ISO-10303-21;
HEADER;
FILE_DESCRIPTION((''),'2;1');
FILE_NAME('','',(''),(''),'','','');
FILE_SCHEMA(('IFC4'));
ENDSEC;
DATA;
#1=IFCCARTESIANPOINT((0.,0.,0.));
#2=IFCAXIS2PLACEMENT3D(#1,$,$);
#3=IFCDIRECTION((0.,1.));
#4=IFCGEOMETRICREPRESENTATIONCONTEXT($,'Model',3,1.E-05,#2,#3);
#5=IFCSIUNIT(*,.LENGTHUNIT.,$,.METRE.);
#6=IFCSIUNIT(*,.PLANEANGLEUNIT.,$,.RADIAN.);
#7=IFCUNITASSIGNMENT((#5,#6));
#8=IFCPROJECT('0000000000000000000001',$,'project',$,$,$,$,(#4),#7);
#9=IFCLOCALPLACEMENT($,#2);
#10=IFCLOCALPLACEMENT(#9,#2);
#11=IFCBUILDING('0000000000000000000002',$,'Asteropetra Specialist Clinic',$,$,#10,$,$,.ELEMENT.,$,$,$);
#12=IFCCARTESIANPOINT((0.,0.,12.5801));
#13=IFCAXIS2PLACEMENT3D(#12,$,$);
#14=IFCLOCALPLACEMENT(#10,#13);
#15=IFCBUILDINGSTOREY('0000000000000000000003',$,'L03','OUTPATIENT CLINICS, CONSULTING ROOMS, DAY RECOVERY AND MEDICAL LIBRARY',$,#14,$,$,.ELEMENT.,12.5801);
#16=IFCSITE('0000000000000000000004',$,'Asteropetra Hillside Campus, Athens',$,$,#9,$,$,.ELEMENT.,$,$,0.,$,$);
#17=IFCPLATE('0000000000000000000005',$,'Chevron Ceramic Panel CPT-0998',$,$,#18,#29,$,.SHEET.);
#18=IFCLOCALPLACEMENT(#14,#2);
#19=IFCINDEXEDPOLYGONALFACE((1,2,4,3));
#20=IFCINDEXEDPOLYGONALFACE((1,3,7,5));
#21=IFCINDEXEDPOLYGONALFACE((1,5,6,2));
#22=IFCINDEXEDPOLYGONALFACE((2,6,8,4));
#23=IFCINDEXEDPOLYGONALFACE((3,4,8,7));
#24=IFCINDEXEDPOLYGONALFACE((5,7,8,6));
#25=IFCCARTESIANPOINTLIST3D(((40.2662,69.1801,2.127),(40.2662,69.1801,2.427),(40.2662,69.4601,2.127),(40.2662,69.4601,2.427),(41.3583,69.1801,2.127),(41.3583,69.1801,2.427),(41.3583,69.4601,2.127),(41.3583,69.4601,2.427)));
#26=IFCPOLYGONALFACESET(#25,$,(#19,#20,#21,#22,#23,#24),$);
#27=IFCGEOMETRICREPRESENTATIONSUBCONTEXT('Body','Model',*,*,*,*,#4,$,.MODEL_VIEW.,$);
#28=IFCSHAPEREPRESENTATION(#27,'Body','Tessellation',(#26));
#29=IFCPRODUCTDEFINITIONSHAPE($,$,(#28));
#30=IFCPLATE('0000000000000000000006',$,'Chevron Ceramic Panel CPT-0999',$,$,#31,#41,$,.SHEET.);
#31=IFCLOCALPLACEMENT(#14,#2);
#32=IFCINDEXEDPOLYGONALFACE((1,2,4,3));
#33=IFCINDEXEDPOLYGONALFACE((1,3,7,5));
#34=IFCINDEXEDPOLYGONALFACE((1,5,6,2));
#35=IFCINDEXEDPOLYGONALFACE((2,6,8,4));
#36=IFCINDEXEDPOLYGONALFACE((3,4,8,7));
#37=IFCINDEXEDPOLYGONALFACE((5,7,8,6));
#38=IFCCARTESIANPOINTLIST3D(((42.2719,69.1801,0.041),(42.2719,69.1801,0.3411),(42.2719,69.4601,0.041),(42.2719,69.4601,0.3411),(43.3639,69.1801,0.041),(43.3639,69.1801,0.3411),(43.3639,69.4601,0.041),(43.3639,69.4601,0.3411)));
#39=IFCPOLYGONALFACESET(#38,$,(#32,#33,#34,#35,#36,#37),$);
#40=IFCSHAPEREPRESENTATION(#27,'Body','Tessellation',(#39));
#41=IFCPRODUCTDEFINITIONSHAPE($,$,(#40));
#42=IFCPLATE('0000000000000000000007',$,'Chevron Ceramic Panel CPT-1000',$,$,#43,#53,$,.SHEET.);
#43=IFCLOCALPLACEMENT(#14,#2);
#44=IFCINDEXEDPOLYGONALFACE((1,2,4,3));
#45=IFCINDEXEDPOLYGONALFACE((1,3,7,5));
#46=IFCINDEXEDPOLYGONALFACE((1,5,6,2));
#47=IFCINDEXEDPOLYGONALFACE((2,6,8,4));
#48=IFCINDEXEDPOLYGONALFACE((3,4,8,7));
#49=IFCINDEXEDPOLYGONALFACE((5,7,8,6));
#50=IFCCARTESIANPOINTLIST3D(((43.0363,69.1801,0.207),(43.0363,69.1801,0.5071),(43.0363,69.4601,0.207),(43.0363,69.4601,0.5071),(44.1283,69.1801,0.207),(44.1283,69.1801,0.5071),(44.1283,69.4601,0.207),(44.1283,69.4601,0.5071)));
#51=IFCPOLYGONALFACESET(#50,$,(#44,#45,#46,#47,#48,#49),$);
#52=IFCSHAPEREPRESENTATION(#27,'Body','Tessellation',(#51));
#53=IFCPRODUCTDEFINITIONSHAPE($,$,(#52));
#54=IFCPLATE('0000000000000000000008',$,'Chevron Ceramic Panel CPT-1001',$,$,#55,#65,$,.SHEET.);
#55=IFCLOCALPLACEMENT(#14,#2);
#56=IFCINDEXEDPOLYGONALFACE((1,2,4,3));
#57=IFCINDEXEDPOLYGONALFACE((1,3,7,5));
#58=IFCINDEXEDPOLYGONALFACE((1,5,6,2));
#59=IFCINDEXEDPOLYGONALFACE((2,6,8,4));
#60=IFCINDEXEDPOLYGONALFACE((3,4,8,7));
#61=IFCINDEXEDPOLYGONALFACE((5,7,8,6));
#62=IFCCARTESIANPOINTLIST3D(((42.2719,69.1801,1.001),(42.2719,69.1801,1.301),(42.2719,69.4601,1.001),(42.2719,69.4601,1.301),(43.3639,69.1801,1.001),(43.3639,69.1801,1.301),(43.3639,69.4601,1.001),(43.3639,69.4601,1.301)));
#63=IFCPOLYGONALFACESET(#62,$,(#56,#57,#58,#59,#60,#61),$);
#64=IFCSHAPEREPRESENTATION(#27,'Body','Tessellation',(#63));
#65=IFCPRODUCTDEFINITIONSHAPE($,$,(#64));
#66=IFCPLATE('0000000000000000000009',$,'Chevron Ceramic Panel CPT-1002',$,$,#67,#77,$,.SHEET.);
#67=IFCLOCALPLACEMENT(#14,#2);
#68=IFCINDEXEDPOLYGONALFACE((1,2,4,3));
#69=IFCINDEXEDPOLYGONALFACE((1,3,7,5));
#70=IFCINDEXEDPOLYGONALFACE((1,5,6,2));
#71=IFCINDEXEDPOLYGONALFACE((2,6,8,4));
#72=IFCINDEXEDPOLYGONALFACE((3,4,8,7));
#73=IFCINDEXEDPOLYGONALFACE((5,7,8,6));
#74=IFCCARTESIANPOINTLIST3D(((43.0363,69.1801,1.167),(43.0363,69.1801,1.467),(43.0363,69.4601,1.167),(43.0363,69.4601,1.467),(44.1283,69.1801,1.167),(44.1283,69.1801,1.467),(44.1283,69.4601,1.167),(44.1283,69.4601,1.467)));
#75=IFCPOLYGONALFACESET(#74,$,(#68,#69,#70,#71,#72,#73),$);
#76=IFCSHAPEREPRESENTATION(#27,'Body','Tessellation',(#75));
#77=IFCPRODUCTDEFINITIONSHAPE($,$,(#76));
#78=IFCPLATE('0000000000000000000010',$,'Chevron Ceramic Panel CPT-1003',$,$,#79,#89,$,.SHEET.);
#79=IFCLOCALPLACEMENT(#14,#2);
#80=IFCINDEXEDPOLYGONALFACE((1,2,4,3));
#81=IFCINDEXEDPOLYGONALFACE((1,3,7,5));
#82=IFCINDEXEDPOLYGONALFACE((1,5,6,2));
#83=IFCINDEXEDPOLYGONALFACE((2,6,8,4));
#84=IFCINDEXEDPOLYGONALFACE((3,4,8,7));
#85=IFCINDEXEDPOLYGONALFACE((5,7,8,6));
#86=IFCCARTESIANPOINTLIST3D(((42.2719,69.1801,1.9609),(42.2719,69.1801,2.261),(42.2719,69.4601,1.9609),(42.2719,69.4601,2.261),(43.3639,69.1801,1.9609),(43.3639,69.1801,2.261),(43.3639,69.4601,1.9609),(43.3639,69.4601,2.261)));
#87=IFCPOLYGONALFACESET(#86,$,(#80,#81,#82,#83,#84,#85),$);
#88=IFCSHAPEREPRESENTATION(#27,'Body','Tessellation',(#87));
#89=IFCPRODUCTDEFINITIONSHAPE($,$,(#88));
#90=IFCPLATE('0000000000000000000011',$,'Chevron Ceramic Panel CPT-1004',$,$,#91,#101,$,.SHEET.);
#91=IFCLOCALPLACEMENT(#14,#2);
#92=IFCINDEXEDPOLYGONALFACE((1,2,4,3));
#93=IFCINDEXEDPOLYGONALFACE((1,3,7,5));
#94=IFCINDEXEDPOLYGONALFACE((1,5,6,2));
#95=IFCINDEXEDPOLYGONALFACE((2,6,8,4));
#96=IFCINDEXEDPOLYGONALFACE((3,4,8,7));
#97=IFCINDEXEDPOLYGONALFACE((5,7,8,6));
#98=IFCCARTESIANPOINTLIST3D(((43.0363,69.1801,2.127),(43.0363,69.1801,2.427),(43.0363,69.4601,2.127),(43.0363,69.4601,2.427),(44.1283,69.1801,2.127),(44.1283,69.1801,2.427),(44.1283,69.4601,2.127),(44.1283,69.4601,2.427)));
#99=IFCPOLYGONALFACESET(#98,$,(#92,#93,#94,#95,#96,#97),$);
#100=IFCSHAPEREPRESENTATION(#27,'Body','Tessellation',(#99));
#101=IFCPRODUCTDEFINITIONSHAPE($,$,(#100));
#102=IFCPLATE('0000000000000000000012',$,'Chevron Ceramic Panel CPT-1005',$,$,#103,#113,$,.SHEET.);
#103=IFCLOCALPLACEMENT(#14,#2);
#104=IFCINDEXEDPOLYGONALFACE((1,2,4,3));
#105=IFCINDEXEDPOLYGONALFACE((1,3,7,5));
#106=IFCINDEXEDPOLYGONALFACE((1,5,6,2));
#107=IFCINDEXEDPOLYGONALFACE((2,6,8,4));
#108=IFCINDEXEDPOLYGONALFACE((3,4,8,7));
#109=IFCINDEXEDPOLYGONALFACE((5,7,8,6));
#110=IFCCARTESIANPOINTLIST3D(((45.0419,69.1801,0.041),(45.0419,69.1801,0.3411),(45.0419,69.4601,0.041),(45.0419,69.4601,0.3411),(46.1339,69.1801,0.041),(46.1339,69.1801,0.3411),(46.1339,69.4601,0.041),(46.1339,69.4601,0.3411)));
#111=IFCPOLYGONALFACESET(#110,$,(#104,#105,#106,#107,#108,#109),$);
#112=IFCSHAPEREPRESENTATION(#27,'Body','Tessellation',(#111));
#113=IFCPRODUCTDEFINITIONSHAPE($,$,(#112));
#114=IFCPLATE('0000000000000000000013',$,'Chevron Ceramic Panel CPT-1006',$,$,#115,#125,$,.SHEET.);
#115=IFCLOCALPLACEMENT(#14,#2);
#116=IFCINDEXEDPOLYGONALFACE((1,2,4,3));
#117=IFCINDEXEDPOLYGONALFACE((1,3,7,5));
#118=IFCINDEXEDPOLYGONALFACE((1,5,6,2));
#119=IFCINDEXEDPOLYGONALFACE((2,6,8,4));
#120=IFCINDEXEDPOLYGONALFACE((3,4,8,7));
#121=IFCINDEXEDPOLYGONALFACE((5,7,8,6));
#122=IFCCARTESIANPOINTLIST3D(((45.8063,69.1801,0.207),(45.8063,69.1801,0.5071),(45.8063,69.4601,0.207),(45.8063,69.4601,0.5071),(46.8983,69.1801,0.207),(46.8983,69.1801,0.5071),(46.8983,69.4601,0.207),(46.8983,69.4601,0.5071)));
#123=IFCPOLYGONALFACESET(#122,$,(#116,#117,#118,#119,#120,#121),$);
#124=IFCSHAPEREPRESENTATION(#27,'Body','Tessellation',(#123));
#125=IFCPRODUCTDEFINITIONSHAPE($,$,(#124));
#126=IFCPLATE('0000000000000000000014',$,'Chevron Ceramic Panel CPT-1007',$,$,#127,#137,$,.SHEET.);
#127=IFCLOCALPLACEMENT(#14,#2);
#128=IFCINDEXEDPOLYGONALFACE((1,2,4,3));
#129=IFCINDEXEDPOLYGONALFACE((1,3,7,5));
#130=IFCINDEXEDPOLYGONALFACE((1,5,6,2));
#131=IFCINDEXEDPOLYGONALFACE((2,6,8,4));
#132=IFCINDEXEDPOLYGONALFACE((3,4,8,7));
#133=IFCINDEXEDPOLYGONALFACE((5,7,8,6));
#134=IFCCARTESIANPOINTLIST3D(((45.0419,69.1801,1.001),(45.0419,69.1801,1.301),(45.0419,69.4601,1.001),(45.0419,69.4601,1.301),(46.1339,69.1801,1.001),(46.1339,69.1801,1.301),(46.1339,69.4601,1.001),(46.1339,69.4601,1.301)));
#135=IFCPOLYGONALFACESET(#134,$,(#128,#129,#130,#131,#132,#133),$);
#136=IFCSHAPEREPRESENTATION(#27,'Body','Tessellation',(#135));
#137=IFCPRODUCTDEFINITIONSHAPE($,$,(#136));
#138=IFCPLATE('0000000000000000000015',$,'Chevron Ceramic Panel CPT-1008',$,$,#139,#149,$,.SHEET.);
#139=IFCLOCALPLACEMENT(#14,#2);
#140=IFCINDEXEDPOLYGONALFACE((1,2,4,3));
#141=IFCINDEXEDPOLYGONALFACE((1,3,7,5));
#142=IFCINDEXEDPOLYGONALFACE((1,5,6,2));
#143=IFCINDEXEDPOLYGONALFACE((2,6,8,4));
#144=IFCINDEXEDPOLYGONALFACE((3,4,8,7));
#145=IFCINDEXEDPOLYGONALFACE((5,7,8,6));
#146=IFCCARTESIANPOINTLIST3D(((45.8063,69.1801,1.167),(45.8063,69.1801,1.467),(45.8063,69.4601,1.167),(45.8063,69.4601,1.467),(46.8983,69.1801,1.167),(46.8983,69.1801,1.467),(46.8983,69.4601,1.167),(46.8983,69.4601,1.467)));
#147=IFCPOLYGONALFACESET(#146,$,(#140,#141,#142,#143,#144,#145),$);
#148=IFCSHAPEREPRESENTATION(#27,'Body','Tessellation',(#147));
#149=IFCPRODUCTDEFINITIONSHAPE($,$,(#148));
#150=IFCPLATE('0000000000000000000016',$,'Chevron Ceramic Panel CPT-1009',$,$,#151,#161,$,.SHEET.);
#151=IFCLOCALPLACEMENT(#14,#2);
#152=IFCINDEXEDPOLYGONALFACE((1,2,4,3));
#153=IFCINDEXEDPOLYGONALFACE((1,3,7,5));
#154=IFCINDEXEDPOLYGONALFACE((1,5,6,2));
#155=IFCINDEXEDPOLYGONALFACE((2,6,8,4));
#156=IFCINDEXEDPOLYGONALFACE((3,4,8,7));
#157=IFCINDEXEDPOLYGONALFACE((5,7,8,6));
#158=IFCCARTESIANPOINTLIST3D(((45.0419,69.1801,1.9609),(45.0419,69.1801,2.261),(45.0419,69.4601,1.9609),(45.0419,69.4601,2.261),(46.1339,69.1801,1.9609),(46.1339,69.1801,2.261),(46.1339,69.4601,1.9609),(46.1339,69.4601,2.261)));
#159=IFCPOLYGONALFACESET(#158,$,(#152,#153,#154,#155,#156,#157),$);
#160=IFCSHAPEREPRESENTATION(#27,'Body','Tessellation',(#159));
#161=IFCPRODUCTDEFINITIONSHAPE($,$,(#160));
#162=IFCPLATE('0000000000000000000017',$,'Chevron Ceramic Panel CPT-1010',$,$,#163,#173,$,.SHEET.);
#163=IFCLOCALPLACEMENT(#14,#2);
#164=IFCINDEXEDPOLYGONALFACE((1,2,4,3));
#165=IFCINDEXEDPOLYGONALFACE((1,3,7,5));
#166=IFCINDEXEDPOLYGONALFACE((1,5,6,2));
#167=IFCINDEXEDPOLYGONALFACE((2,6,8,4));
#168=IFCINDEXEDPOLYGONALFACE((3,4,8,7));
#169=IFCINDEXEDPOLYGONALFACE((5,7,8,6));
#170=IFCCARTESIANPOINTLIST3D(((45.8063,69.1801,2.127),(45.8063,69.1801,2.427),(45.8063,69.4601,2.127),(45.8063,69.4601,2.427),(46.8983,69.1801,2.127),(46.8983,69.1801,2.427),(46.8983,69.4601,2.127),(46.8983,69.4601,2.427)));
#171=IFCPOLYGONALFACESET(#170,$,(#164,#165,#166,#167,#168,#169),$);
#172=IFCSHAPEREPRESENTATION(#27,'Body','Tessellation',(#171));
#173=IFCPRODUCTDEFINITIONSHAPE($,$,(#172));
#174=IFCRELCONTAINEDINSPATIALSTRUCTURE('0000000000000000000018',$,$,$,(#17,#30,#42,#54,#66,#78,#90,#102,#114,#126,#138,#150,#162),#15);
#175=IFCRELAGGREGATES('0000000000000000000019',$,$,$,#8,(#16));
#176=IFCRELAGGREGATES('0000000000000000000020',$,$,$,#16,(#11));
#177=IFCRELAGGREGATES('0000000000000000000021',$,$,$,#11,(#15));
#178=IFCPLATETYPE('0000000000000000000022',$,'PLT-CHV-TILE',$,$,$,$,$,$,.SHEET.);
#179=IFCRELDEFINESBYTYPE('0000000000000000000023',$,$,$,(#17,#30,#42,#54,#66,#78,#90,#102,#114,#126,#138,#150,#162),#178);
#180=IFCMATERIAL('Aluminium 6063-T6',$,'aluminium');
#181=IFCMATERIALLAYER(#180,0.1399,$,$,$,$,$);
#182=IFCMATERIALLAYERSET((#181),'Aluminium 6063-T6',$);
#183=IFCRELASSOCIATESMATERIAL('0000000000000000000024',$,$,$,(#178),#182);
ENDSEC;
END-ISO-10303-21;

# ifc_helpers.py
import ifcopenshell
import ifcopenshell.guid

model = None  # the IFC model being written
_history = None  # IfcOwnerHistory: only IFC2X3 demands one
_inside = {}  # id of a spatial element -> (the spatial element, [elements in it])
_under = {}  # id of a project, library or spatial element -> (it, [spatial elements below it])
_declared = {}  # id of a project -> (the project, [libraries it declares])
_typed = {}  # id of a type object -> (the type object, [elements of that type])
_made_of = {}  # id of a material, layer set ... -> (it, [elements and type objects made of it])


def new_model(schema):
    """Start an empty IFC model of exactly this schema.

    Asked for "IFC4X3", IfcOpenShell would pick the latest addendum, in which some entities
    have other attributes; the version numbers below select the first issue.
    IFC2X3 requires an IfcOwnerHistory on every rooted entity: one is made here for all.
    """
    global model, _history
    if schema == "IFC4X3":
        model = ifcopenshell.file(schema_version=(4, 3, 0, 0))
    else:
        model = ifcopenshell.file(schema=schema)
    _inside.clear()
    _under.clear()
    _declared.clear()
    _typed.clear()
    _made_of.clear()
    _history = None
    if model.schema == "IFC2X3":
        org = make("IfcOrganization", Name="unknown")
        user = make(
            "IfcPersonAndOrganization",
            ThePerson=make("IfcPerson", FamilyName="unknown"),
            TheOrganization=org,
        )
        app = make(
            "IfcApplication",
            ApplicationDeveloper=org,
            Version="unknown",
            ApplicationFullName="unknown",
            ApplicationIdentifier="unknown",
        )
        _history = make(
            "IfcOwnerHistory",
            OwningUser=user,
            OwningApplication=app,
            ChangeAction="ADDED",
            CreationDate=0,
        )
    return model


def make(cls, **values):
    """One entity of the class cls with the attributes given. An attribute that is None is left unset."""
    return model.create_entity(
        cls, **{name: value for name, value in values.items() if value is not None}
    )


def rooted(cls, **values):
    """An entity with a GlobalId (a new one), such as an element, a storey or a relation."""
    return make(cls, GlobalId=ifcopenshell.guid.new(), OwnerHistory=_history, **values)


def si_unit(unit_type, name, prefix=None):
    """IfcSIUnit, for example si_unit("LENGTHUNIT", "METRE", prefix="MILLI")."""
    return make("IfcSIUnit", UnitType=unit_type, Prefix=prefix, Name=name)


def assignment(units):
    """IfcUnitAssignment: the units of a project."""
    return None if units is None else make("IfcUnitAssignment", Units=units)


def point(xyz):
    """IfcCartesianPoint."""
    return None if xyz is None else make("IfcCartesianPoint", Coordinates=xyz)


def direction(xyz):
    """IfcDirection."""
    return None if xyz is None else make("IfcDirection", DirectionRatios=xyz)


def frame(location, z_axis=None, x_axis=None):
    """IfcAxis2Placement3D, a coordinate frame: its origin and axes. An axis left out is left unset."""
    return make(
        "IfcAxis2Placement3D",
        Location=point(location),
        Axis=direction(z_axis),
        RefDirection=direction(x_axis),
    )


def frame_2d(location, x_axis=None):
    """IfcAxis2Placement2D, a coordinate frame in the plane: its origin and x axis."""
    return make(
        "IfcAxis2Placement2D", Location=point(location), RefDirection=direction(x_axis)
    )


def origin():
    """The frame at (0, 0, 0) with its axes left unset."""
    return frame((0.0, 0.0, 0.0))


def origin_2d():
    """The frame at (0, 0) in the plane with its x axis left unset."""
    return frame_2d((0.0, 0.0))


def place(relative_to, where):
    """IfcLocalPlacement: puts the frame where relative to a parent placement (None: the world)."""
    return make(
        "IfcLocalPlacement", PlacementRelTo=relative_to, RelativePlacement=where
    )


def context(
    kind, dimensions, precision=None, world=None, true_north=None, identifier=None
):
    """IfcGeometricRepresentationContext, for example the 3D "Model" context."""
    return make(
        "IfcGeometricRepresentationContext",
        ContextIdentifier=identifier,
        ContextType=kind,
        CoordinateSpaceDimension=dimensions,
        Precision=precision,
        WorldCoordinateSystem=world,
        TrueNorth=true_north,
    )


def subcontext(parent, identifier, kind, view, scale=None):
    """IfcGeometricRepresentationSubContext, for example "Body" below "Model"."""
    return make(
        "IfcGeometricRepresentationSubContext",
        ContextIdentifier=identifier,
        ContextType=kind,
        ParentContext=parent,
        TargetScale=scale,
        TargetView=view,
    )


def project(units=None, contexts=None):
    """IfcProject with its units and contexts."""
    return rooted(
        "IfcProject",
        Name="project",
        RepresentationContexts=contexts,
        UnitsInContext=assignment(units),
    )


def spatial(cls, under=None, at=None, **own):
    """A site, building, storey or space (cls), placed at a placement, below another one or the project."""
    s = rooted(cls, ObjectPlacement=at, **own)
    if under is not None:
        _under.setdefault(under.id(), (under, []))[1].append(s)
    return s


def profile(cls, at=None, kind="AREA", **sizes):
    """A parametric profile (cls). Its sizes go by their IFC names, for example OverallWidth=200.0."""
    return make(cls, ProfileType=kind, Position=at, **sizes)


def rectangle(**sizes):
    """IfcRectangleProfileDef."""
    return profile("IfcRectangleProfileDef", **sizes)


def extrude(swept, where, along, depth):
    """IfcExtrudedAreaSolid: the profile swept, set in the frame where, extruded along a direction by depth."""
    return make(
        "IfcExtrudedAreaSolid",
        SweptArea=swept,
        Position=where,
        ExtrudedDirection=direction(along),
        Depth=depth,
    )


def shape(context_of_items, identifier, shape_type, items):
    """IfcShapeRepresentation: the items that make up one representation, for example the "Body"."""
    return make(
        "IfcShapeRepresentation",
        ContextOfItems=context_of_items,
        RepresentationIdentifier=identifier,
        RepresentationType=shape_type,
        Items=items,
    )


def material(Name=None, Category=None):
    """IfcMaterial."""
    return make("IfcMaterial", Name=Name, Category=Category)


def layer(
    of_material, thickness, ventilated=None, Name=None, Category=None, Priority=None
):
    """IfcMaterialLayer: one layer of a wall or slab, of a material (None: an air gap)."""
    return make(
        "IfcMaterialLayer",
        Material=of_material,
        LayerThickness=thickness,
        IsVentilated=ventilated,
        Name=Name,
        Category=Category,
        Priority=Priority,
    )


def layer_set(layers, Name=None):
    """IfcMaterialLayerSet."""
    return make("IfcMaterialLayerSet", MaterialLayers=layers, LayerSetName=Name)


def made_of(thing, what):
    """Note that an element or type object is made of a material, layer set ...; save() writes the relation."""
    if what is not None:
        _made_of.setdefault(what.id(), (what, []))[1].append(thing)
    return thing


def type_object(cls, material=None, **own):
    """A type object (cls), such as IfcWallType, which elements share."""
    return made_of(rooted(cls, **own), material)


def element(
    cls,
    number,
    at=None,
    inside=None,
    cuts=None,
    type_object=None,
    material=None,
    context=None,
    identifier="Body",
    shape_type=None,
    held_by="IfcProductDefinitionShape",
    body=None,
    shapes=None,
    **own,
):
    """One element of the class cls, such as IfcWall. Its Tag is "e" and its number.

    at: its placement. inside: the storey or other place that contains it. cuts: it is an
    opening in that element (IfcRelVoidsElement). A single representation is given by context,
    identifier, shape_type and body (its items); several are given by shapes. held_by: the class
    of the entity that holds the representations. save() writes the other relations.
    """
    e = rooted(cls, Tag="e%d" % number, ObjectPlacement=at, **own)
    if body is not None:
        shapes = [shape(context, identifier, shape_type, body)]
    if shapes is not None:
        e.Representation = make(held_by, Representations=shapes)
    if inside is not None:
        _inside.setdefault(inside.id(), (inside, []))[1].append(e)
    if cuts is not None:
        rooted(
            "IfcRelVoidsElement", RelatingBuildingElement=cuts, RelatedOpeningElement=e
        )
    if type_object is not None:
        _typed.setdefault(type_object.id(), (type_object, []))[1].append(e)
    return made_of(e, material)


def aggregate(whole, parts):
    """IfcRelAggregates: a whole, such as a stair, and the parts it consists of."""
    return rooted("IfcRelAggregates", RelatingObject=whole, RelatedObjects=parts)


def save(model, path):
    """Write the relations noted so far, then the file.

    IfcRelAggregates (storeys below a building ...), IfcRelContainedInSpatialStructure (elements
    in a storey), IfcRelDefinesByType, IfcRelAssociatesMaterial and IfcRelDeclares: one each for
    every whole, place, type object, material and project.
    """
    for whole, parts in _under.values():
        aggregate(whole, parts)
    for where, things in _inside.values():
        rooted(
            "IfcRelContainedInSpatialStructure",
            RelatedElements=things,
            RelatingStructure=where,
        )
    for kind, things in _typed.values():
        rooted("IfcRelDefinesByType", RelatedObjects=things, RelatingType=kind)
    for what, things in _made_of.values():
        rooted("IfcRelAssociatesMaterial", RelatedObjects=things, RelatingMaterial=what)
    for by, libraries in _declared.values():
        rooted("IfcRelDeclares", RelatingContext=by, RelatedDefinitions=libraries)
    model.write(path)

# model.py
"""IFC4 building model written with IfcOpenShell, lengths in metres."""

from ifc_helpers import new_model, si_unit, direction, frame, origin, origin_2d, place, context, subcontext, project, spatial, rectangle, extrude, material, layer, layer_set, type_object, element, save


model = new_model("IFC4")

# Units and contexts
model_context = context("Model", 3, precision=1e-05, world=origin(), true_north=direction((0.0, 1.0)))
body_context = subcontext(model_context, "Body", "Model", "MODEL_VIEW")
ifc_project = project(units=[si_unit("LENGTHUNIT", "METRE"), si_unit("PLANEANGLEUNIT", "RADIAN")], contexts=[model_context])

# Site, building, storey
site_placement = place(None, origin())
site = spatial("IfcSite", under=ifc_project, at=site_placement, Name="Asteropetra Hillside Campus, Athens", CompositionType="ELEMENT", RefElevation=0.0)
building_placement = place(site_placement, origin())
building = spatial("IfcBuilding", under=site, at=building_placement, Name="Asteropetra Specialist Clinic", CompositionType="ELEMENT")
storey_placement = place(building_placement, frame((0.0, 0.0, 12.5801)))
storey = spatial("IfcBuildingStorey", under=building, at=storey_placement, Name="L03", Description="OUTPATIENT CLINICS, CONSULTING ROOMS, DAY RECOVERY AND MEDICAL LIBRARY", CompositionType="ELEMENT", Elevation=12.5801)

# Plates
ifc_material_1 = material(Name="Aluminium 6063-T6", Category="aluminium")
ifc_layer = layer(ifc_material_1, 0.1399)
ifc_layer_set = layer_set([ifc_layer], Name="Aluminium 6063-T6")
plate_type_1 = type_object("IfcPlateType", Name="PLT-CHV-TILE", PredefinedType="SHEET", material=ifc_layer_set)
for number, where, z_axis, x_axis, name in (
    (1, (40.8123, 69.3201, 2.127), (0.0, 0.0, 1.0), (1.0, 0.0, 0.0), "Chevron Ceramic Panel CPT-0998"),
    (2, (42.8179, 69.3201, 0.041), (0.0, 0.0, 1.0), (1.0, 0.0, 0.0), "Chevron Ceramic Panel CPT-0999"),
    (3, (43.5823, 69.3201, 0.207), (0.0, 0.0, 1.0), (1.0, 0.0, 0.0), "Chevron Ceramic Panel CPT-1000"),
    (4, (42.8179, 69.3201, 1.001), (0.0, 0.0, 1.0), (1.0, 0.0, 0.0), "Chevron Ceramic Panel CPT-1001"),
    (5, (43.5823, 69.3201, 1.167), (0.0, 0.0, 1.0), (1.0, 0.0, 0.0), "Chevron Ceramic Panel CPT-1002"),
    (6, (42.8179, 69.3201, 1.9609), (0.0, 0.0, 1.0), (1.0, 0.0, 0.0), "Chevron Ceramic Panel CPT-1003"),
    (7, (43.5823, 69.3201, 2.127), (0.0, 0.0, 1.0), (1.0, 0.0, 0.0), "Chevron Ceramic Panel CPT-1004"),
    (8, (45.5879, 69.3201, 0.041), (0.0, 0.0, 1.0), (1.0, 0.0, 0.0), "Chevron Ceramic Panel CPT-1005"),
    (9, (46.3523, 69.3201, 0.207), (0.0, 0.0, 1.0), (1.0, 0.0, 0.0), "Chevron Ceramic Panel CPT-1006"),
    (10, (45.5879, 69.3201, 1.001), (0.0, 0.0, 1.0), (1.0, 0.0, 0.0), "Chevron Ceramic Panel CPT-1007"),
    (11, (46.3523, 69.3201, 1.167), (0.0, 0.0, 1.0), (1.0, 0.0, 0.0), "Chevron Ceramic Panel CPT-1008"),
    (12, (45.5879, 69.3201, 1.9609), (0.0, 0.0, 1.0), (1.0, 0.0, 0.0), "Chevron Ceramic Panel CPT-1009"),
    (13, (46.3523, 69.3201, 2.127), (0.0, 0.0, 1.0), (1.0, 0.0, 0.0), "Chevron Ceramic Panel CPT-1010"),
):
    element("IfcPlate", number, at=place(storey_placement, frame(where, z_axis=z_axis, x_axis=x_axis)), inside=storey, type_object=plate_type_1, Name=name, PredefinedType="SHEET", context=body_context, shape_type="SweptSolid", body=[
        extrude(rectangle(XDim=1.092, YDim=0.28, at=origin_2d()), origin(), (0.0, 0.0, 1.0), 0.3),
    ])

save(model, "model.ifc")
